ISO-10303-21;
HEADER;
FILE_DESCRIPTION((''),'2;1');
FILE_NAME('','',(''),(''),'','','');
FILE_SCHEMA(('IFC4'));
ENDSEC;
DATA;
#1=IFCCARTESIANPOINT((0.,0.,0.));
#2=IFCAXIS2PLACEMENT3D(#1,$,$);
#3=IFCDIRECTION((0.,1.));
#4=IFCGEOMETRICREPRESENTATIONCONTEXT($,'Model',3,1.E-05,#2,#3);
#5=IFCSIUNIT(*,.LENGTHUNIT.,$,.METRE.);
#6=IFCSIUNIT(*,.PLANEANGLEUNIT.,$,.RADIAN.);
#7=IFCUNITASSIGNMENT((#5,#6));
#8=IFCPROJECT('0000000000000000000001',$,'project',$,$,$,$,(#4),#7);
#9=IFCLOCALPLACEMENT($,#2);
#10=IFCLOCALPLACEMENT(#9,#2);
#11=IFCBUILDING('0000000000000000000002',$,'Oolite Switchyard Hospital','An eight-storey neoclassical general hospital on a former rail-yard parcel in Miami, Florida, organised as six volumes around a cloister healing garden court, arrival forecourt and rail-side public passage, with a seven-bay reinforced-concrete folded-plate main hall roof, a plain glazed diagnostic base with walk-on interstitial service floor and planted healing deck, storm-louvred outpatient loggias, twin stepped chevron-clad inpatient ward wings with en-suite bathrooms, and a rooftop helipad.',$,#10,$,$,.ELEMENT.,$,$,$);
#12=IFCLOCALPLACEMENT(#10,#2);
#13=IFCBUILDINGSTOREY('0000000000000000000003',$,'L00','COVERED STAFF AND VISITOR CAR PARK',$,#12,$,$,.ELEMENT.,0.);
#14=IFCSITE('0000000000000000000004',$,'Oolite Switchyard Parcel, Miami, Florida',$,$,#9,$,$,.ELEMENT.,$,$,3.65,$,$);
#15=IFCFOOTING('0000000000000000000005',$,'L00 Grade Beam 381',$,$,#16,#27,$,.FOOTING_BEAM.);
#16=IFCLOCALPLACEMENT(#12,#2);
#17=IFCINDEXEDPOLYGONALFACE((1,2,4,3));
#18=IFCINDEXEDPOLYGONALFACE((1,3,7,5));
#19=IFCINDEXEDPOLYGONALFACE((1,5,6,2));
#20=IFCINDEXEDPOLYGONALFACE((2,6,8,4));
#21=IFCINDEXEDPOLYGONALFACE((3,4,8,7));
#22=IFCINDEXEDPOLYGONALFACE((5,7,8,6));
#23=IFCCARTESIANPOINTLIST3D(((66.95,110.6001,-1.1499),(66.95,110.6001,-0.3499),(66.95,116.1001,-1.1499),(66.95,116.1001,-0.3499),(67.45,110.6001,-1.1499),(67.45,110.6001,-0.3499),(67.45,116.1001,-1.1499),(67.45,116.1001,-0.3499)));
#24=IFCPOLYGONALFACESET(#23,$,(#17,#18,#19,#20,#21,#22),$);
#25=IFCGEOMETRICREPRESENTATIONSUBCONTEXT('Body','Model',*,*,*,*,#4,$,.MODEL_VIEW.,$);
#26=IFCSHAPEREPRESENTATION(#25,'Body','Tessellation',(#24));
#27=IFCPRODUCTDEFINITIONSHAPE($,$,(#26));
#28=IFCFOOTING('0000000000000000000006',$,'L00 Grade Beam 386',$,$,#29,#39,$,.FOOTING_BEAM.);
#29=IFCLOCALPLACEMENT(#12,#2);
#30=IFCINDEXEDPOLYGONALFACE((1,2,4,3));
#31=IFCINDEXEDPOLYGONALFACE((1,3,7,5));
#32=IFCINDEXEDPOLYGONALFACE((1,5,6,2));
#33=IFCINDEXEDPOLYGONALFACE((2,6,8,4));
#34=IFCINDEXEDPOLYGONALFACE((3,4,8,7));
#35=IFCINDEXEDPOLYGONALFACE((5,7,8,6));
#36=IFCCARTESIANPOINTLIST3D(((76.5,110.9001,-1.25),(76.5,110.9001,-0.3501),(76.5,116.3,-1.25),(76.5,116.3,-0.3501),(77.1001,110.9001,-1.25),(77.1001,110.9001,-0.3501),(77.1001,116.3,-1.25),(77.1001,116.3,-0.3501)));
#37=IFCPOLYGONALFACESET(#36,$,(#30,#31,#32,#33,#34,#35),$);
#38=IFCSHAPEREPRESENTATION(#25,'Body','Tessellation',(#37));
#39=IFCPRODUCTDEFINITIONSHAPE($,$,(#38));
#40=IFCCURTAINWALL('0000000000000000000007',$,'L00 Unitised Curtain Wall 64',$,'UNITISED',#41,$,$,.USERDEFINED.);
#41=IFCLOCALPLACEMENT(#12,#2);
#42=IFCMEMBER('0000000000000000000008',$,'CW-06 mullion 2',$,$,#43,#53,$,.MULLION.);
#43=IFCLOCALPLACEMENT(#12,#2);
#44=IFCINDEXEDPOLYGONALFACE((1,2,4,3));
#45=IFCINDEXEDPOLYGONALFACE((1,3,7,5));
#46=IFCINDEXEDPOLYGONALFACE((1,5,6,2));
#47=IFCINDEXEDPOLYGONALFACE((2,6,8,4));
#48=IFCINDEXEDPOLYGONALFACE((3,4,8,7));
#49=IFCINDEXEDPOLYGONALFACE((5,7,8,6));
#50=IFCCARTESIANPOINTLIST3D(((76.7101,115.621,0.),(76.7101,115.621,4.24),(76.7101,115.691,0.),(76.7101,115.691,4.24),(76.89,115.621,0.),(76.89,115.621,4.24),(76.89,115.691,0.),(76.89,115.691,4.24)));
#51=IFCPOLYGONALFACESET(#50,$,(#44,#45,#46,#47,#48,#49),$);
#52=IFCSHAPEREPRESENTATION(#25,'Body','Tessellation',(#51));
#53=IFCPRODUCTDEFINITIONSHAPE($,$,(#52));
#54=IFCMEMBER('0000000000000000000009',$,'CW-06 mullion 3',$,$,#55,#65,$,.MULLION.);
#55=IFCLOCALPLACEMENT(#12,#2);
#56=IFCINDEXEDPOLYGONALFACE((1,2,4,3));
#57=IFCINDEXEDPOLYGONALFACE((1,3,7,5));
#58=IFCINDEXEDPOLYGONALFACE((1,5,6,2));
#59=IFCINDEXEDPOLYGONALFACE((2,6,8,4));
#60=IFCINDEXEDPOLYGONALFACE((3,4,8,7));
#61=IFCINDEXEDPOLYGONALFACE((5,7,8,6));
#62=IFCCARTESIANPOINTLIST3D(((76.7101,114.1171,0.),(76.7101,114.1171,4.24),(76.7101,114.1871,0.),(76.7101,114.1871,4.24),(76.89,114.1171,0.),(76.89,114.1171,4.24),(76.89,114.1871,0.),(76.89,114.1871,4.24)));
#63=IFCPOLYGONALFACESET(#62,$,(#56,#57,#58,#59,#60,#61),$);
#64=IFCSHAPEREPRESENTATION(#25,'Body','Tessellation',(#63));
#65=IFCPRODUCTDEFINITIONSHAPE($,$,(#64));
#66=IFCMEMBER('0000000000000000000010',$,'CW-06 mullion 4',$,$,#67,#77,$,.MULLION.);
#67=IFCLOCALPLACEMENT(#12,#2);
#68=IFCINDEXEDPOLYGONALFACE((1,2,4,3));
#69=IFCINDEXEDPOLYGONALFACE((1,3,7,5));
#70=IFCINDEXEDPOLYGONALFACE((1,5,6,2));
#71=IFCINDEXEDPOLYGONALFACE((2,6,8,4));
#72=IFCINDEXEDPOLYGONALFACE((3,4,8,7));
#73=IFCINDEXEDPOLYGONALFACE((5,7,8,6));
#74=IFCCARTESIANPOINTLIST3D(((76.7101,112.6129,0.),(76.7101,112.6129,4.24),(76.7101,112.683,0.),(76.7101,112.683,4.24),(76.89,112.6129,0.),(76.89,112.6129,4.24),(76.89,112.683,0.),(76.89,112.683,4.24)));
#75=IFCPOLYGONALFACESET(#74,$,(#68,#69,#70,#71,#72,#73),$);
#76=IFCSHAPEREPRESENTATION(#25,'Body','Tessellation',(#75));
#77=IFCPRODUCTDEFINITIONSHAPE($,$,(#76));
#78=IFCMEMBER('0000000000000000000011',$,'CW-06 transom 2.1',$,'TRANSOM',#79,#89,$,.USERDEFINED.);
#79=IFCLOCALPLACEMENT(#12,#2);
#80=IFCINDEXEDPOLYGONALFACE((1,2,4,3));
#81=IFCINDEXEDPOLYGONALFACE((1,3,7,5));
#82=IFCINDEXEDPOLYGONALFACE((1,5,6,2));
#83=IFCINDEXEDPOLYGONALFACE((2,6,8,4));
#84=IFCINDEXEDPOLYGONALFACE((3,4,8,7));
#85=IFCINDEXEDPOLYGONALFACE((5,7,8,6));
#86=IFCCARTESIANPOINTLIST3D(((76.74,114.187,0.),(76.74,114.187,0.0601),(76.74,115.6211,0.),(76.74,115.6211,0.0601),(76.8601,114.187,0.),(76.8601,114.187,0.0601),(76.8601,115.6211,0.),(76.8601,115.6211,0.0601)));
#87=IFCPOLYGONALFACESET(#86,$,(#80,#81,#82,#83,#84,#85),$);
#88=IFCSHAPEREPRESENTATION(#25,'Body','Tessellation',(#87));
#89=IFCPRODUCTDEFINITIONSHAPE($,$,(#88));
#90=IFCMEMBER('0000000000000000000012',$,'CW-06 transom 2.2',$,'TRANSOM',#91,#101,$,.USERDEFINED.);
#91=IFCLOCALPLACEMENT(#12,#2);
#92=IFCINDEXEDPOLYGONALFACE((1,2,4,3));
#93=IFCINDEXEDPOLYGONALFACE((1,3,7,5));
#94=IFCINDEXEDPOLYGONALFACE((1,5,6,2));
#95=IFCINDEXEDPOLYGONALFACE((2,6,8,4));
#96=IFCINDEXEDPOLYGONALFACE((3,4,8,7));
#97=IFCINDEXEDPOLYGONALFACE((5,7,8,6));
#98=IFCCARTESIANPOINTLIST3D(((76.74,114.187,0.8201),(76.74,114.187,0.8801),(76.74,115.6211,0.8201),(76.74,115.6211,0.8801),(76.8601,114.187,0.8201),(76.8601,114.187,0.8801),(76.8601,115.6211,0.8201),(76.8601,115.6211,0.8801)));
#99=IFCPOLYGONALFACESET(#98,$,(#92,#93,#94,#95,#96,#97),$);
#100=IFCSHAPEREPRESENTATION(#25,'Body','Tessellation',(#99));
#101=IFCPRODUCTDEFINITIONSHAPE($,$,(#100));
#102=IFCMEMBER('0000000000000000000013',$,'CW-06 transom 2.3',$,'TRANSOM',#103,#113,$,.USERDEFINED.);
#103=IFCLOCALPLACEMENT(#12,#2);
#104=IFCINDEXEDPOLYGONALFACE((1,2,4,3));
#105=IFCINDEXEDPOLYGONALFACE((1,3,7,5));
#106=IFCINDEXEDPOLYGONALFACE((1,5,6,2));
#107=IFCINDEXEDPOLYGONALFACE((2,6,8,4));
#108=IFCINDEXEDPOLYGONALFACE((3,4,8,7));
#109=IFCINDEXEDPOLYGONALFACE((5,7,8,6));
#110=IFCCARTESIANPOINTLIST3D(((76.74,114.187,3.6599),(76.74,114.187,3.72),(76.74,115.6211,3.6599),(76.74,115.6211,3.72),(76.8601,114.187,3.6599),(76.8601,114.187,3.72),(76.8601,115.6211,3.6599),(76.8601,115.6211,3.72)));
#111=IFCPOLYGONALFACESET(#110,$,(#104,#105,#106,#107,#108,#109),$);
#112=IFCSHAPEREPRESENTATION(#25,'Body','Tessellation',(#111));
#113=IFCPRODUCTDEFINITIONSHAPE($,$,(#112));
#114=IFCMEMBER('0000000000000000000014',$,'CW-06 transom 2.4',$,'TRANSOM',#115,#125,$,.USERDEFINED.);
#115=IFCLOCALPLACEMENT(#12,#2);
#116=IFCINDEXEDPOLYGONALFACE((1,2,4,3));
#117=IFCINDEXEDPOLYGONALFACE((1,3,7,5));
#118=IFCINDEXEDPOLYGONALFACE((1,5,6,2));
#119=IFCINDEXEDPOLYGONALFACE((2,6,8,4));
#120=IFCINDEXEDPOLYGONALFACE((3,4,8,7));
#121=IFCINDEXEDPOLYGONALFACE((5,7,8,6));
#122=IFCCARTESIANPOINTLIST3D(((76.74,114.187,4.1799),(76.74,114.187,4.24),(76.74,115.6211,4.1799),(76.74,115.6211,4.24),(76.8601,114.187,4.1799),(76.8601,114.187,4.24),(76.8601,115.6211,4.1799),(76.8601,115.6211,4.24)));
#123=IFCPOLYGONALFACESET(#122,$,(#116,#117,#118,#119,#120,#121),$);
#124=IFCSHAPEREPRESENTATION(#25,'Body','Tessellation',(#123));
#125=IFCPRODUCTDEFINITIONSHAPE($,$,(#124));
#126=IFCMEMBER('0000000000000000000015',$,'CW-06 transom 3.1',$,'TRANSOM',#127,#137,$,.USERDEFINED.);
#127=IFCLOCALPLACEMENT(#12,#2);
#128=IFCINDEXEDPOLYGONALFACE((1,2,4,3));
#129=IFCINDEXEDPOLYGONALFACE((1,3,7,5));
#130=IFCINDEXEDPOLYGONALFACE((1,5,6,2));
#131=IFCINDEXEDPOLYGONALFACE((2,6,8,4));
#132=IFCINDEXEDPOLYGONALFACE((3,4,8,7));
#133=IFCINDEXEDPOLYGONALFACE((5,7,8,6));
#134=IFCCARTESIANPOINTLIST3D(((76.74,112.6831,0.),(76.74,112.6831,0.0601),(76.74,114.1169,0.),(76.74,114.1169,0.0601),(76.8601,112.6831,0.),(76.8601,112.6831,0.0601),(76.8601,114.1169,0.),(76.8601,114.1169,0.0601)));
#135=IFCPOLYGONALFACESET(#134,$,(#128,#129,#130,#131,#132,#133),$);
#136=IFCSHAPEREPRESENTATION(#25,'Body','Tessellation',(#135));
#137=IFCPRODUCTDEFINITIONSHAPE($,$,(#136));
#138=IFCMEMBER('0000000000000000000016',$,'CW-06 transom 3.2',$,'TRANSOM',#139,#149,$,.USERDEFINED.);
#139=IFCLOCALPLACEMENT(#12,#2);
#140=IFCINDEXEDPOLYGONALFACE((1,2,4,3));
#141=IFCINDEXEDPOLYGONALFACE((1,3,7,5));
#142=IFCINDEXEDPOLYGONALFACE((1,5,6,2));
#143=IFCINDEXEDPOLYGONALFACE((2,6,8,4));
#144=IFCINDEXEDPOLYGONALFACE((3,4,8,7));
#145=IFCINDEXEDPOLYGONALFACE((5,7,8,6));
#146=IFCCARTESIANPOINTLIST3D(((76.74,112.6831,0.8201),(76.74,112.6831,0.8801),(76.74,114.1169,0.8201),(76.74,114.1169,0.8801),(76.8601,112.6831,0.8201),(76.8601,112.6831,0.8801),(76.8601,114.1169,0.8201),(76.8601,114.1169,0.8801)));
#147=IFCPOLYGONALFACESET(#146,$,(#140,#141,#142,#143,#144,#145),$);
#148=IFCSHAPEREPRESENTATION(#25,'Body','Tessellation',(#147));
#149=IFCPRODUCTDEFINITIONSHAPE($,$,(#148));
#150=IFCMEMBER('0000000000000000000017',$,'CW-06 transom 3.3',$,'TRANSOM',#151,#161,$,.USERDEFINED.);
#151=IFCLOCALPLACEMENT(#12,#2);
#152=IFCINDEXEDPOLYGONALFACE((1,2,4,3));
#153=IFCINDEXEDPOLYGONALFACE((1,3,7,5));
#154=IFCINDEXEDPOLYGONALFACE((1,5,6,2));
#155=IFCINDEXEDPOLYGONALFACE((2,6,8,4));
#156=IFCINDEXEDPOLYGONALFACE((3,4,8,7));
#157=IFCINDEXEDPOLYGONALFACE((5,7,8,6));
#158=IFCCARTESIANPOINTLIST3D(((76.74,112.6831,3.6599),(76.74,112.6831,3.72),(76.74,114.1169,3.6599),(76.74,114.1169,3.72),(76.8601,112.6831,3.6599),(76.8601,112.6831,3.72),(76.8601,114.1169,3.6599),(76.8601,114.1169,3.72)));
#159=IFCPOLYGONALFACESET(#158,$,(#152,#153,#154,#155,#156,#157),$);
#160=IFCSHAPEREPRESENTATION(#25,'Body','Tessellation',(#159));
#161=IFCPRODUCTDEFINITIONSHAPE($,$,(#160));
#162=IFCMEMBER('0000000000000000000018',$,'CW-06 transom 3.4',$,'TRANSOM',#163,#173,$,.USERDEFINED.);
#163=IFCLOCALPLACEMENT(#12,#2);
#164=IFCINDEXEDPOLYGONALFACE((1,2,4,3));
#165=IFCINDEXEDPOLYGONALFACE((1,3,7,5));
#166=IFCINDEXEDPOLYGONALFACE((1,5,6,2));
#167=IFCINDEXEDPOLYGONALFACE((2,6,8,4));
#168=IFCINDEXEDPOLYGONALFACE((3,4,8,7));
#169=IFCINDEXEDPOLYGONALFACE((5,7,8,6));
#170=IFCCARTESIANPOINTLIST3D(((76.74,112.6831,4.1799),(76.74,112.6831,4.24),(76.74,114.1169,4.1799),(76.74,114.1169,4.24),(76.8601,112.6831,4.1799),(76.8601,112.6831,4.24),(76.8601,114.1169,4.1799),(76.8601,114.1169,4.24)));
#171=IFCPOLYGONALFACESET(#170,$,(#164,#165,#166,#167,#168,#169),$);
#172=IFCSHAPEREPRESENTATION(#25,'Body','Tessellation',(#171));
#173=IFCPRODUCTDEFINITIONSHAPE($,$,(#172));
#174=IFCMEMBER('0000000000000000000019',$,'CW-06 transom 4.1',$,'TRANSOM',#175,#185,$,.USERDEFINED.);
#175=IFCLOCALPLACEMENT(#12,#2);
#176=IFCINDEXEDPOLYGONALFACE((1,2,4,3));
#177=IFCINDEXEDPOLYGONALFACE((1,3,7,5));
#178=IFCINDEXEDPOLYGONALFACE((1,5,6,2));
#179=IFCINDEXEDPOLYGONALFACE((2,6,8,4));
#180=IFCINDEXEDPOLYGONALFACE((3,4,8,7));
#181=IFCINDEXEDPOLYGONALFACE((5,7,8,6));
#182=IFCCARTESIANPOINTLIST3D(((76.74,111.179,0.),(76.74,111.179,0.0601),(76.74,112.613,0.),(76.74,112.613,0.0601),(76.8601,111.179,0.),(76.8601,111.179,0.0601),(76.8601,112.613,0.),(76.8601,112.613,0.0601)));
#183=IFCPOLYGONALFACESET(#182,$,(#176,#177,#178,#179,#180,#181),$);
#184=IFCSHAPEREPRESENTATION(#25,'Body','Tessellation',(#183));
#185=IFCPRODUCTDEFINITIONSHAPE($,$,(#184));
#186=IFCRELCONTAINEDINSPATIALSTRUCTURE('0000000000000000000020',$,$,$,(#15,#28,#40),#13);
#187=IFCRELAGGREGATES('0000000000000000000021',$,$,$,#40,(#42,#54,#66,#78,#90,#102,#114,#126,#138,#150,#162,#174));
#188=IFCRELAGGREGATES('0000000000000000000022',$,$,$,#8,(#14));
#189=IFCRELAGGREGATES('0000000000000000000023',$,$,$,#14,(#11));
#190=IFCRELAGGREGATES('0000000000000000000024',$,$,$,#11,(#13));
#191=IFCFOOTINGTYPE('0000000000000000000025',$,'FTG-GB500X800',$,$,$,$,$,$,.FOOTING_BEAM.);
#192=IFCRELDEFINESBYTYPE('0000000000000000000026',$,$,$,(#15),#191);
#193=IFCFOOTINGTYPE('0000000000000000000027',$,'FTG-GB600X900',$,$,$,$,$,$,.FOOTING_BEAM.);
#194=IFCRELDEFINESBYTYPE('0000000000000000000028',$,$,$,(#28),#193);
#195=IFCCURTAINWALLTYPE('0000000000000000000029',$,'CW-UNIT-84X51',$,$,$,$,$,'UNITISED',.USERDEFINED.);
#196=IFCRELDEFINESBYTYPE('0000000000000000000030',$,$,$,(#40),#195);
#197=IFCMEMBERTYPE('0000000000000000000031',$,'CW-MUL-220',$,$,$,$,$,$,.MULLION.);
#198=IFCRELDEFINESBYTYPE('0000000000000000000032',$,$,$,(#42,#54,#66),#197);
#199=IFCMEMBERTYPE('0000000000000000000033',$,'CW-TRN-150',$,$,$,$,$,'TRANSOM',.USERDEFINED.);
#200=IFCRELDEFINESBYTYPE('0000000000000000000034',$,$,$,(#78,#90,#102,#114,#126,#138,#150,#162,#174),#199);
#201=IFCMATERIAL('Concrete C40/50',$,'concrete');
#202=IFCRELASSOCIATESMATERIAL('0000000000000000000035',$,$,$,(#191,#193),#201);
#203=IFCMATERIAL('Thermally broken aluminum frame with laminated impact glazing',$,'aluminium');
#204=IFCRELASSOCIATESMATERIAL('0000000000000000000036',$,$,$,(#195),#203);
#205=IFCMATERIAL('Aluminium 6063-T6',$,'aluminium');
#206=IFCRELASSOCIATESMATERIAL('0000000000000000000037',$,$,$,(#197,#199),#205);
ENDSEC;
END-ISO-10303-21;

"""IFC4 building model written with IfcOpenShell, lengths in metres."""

from ifc_helpers import new_model, si_unit, direction, frame, origin, origin_2d, place, context, subcontext, project, spatial, rectangle, extrude, material, material_profile, profile_set, type_object, element, aggregate, save


model = new_model("IFC4")

# Units and contexts
model_context = context("Model", 3, precision=1e-05, world=origin(), true_north=direction((0.0, 1.0)))
body_context = subcontext(model_context, "Body", "Model", "MODEL_VIEW")
ifc_project = project(units=[si_unit("LENGTHUNIT", "METRE"), si_unit("PLANEANGLEUNIT", "RADIAN")], contexts=[model_context])

# Site, building, storey
site_placement = place(None, origin())
site = spatial("IfcSite", under=ifc_project, at=site_placement, Name="Oolite Switchyard Parcel, Miami, Florida", CompositionType="ELEMENT", RefElevation=3.65)
building_placement = place(site_placement, origin())
building = spatial("IfcBuilding", under=site, at=building_placement, Name="Oolite Switchyard Hospital", Description="An eight-storey neoclassical general hospital on a former rail-yard parcel in Miami, Florida, organised as six volumes around a cloister healing garden court, arrival forecourt and rail-side public passage, with a seven-bay reinforced-concrete folded-plate main hall roof, a plain glazed diagnostic base with walk-on interstitial service floor and planted healing deck, storm-louvred outpatient loggias, twin stepped chevron-clad inpatient ward wings with en-suite bathrooms, and a rooftop helipad.", CompositionType="ELEMENT")
storey_placement = place(building_placement, origin())
storey = spatial("IfcBuildingStorey", under=building, at=storey_placement, Name="L00", Description="COVERED STAFF AND VISITOR CAR PARK", CompositionType="ELEMENT", Elevation=0.0)

# Footings
ifc_material_1 = material(Name="Concrete C40/50", Category="concrete")
footing_type_1 = type_object("IfcFootingType", Name="FTG-GB500X800", PredefinedType="FOOTING_BEAM", material=ifc_material_1)
footing_1_placement = place(storey_placement, frame((67.2, 113.3501, -1.1499), z_axis=(0.0, 0.0, 1.0), x_axis=(0.0, 1.0, 0.0)))
element("IfcFooting", 1, at=footing_1_placement, inside=storey, type_object=footing_type_1, Name="L00 Grade Beam 381", PredefinedType="FOOTING_BEAM", context=body_context, shape_type="SweptSolid", body=[
    extrude(rectangle(XDim=5.5, YDim=0.5, at=origin_2d()), origin(), (0.0, 0.0, 1.0), 0.8),
])
footing_type_2 = type_object("IfcFootingType", Name="FTG-GB600X900", PredefinedType="FOOTING_BEAM", material=ifc_material_1)
footing_2_placement = place(storey_placement, frame((76.8, 113.6001, -1.25), z_axis=(0.0, 0.0, 1.0), x_axis=(0.0, 1.0, 0.0)))
element("IfcFooting", 2, at=footing_2_placement, inside=storey, type_object=footing_type_2, Name="L00 Grade Beam 386", PredefinedType="FOOTING_BEAM", context=body_context, shape_type="SweptSolid", body=[
    extrude(rectangle(XDim=5.3999, YDim=0.6001, at=origin_2d()), origin(), (0.0, 0.0, 1.0), 0.8999),
])

# Curtain wall, members
ifc_material_2 = material(Name="Thermally broken aluminum frame with laminated impact glazing", Category="aluminium")
curtain_wall_type = type_object("IfcCurtainWallType", Name="CW-UNIT-84X51", ElementType="UNITISED", PredefinedType="USERDEFINED", material=ifc_material_2)
curtain_wall_placement = place(storey_placement, origin())
curtain_wall = element("IfcCurtainWall", 3, at=curtain_wall_placement, inside=storey, type_object=curtain_wall_type, Name="L00 Unitised Curtain Wall 64", ObjectType="UNITISED", PredefinedType="USERDEFINED")
ifc_material_3 = material(Name="Aluminium 6063-T6", Category="aluminium")
ifc_material_profile_1 = material_profile(ifc_material_3, rectangle(XDim=0.1799, YDim=0.0701, at=origin_2d()), Name="CWM70X180")
ifc_profile_set_1 = profile_set([ifc_material_profile_1], Name="Aluminium 6063-T6")
member_type_1 = type_object("IfcMemberType", Name="CW-MUL-220", PredefinedType="MULLION", material=ifc_profile_set_1)
member_1_placement = place(storey_placement, frame((76.8, 115.656, 0.0), z_axis=(0.0, 0.0, 1.0), x_axis=(1.0, 0.0, 0.0)))
member_1 = element("IfcMember", 4, at=member_1_placement, type_object=member_type_1, Name="CW-06 mullion 2", PredefinedType="MULLION", context=body_context, shape_type="SweptSolid", body=[
    extrude(rectangle(XDim=0.1799, YDim=0.0701, at=origin_2d()), origin(), (0.0, 0.0, 1.0), 4.24),
])
member_2_placement = place(storey_placement, frame((76.8, 114.1521, 0.0), z_axis=(0.0, 0.0, 1.0), x_axis=(1.0, 0.0, 0.0)))
member_2 = element("IfcMember", 5, at=member_2_placement, type_object=member_type_1, Name="CW-06 mullion 3", PredefinedType="MULLION", context=body_context, shape_type="SweptSolid", body=[
    extrude(rectangle(XDim=0.1799, YDim=0.0701, at=origin_2d()), origin(), (0.0, 0.0, 1.0), 4.24),
])
member_3_placement = place(storey_placement, frame((76.8, 112.6479, 0.0), z_axis=(0.0, 0.0, 1.0), x_axis=(1.0, 0.0, 0.0)))
member_3 = element("IfcMember", 6, at=member_3_placement, type_object=member_type_1, Name="CW-06 mullion 4", PredefinedType="MULLION", context=body_context, shape_type="SweptSolid", body=[
    extrude(rectangle(XDim=0.1799, YDim=0.0701, at=origin_2d()), origin(), (0.0, 0.0, 1.0), 4.24),
])
ifc_material_profile_2 = material_profile(ifc_material_3, rectangle(XDim=0.1201, YDim=0.0601, at=origin_2d()), Name="CWT60X120")
ifc_profile_set_2 = profile_set([ifc_material_profile_2], Name="Aluminium 6063-T6")
member_type_2 = type_object("IfcMemberType", Name="CW-TRN-150", ElementType="TRANSOM", PredefinedType="USERDEFINED", material=ifc_profile_set_2)
member_4_placement = place(storey_placement, frame((76.8, 115.6211, 0.03), z_axis=(0.0, -1.0, 0.0), x_axis=(1.0, 0.0, 0.0)))
member_4 = element("IfcMember", 7, at=member_4_placement, type_object=member_type_2, Name="CW-06 transom 2.1", ObjectType="TRANSOM", PredefinedType="USERDEFINED", context=body_context, shape_type="SweptSolid", body=[
    extrude(rectangle(XDim=0.1201, YDim=0.0601, at=origin_2d()), origin(), (0.0, 0.0, 1.0), 1.4341),
])
member_5_placement = place(storey_placement, frame((76.8, 115.6211, 0.8501), z_axis=(0.0, -1.0, 0.0), x_axis=(1.0, 0.0, 0.0)))
member_5 = element("IfcMember", 8, at=member_5_placement, type_object=member_type_2, Name="CW-06 transom 2.2", ObjectType="TRANSOM", PredefinedType="USERDEFINED", context=body_context, shape_type="SweptSolid", body=[
    extrude(rectangle(XDim=0.1201, YDim=0.0601, at=origin_2d()), origin(), (0.0, 0.0, 1.0), 1.4341),
])
member_6_placement = place(storey_placement, frame((76.8, 115.6211, 3.6899), z_axis=(0.0, -1.0, 0.0), x_axis=(1.0, 0.0, 0.0)))
member_6 = element("IfcMember", 9, at=member_6_placement, type_object=member_type_2, Name="CW-06 transom 2.3", ObjectType="TRANSOM", PredefinedType="USERDEFINED", context=body_context, shape_type="SweptSolid", body=[
    extrude(rectangle(XDim=0.1201, YDim=0.0601, at=origin_2d()), origin(), (0.0, 0.0, 1.0), 1.4341),
])
member_7_placement = place(storey_placement, frame((76.8, 115.6211, 4.21), z_axis=(0.0, -1.0, 0.0), x_axis=(1.0, 0.0, 0.0)))
member_7 = element("IfcMember", 10, at=member_7_placement, type_object=member_type_2, Name="CW-06 transom 2.4", ObjectType="TRANSOM", PredefinedType="USERDEFINED", context=body_context, shape_type="SweptSolid", body=[
    extrude(rectangle(XDim=0.1201, YDim=0.0601, at=origin_2d()), origin(), (0.0, 0.0, 1.0), 1.4341),
])
member_8_placement = place(storey_placement, frame((76.8, 114.1169, 0.03), z_axis=(0.0, -1.0, 0.0), x_axis=(1.0, 0.0, 0.0)))
member_8 = element("IfcMember", 11, at=member_8_placement, type_object=member_type_2, Name="CW-06 transom 3.1", ObjectType="TRANSOM", PredefinedType="USERDEFINED", context=body_context, shape_type="SweptSolid", body=[
    extrude(rectangle(XDim=0.1201, YDim=0.0601, at=origin_2d()), origin(), (0.0, 0.0, 1.0), 1.4338),
])
member_9_placement = place(storey_placement, frame((76.8, 114.1169, 0.8501), z_axis=(0.0, -1.0, 0.0), x_axis=(1.0, 0.0, 0.0)))
member_9 = element("IfcMember", 12, at=member_9_placement, type_object=member_type_2, Name="CW-06 transom 3.2", ObjectType="TRANSOM", PredefinedType="USERDEFINED", context=body_context, shape_type="SweptSolid", body=[
    extrude(rectangle(XDim=0.1201, YDim=0.0601, at=origin_2d()), origin(), (0.0, 0.0, 1.0), 1.4338),
])
member_10_placement = place(storey_placement, frame((76.8, 114.1169, 3.6899), z_axis=(0.0, -1.0, 0.0), x_axis=(1.0, 0.0, 0.0)))
member_10 = element("IfcMember", 13, at=member_10_placement, type_object=member_type_2, Name="CW-06 transom 3.3", ObjectType="TRANSOM", PredefinedType="USERDEFINED", context=body_context, shape_type="SweptSolid", body=[
    extrude(rectangle(XDim=0.1201, YDim=0.0601, at=origin_2d()), origin(), (0.0, 0.0, 1.0), 1.4338),
])
member_11_placement = place(storey_placement, frame((76.8, 114.1169, 4.21), z_axis=(0.0, -1.0, 0.0), x_axis=(1.0, 0.0, 0.0)))
member_11 = element("IfcMember", 14, at=member_11_placement, type_object=member_type_2, Name="CW-06 transom 3.4", ObjectType="TRANSOM", PredefinedType="USERDEFINED", context=body_context, shape_type="SweptSolid", body=[
    extrude(rectangle(XDim=0.1201, YDim=0.0601, at=origin_2d()), origin(), (0.0, 0.0, 1.0), 1.4338),
])
member_12_placement = place(storey_placement, frame((76.8, 112.613, 0.03), z_axis=(0.0, -1.0, 0.0), x_axis=(1.0, 0.0, 0.0)))
member_12 = element("IfcMember", 15, at=member_12_placement, type_object=member_type_2, Name="CW-06 transom 4.1", ObjectType="TRANSOM", PredefinedType="USERDEFINED", context=body_context, shape_type="SweptSolid", body=[
    extrude(rectangle(XDim=0.1201, YDim=0.0601, at=origin_2d()), origin(), (0.0, 0.0, 1.0), 1.4341),
])
aggregate(curtain_wall, [member_1, member_2, member_3, member_4, member_5, member_6, member_7, member_8, member_9, member_10, member_11, member_12])

save(model, "model.ifc")
